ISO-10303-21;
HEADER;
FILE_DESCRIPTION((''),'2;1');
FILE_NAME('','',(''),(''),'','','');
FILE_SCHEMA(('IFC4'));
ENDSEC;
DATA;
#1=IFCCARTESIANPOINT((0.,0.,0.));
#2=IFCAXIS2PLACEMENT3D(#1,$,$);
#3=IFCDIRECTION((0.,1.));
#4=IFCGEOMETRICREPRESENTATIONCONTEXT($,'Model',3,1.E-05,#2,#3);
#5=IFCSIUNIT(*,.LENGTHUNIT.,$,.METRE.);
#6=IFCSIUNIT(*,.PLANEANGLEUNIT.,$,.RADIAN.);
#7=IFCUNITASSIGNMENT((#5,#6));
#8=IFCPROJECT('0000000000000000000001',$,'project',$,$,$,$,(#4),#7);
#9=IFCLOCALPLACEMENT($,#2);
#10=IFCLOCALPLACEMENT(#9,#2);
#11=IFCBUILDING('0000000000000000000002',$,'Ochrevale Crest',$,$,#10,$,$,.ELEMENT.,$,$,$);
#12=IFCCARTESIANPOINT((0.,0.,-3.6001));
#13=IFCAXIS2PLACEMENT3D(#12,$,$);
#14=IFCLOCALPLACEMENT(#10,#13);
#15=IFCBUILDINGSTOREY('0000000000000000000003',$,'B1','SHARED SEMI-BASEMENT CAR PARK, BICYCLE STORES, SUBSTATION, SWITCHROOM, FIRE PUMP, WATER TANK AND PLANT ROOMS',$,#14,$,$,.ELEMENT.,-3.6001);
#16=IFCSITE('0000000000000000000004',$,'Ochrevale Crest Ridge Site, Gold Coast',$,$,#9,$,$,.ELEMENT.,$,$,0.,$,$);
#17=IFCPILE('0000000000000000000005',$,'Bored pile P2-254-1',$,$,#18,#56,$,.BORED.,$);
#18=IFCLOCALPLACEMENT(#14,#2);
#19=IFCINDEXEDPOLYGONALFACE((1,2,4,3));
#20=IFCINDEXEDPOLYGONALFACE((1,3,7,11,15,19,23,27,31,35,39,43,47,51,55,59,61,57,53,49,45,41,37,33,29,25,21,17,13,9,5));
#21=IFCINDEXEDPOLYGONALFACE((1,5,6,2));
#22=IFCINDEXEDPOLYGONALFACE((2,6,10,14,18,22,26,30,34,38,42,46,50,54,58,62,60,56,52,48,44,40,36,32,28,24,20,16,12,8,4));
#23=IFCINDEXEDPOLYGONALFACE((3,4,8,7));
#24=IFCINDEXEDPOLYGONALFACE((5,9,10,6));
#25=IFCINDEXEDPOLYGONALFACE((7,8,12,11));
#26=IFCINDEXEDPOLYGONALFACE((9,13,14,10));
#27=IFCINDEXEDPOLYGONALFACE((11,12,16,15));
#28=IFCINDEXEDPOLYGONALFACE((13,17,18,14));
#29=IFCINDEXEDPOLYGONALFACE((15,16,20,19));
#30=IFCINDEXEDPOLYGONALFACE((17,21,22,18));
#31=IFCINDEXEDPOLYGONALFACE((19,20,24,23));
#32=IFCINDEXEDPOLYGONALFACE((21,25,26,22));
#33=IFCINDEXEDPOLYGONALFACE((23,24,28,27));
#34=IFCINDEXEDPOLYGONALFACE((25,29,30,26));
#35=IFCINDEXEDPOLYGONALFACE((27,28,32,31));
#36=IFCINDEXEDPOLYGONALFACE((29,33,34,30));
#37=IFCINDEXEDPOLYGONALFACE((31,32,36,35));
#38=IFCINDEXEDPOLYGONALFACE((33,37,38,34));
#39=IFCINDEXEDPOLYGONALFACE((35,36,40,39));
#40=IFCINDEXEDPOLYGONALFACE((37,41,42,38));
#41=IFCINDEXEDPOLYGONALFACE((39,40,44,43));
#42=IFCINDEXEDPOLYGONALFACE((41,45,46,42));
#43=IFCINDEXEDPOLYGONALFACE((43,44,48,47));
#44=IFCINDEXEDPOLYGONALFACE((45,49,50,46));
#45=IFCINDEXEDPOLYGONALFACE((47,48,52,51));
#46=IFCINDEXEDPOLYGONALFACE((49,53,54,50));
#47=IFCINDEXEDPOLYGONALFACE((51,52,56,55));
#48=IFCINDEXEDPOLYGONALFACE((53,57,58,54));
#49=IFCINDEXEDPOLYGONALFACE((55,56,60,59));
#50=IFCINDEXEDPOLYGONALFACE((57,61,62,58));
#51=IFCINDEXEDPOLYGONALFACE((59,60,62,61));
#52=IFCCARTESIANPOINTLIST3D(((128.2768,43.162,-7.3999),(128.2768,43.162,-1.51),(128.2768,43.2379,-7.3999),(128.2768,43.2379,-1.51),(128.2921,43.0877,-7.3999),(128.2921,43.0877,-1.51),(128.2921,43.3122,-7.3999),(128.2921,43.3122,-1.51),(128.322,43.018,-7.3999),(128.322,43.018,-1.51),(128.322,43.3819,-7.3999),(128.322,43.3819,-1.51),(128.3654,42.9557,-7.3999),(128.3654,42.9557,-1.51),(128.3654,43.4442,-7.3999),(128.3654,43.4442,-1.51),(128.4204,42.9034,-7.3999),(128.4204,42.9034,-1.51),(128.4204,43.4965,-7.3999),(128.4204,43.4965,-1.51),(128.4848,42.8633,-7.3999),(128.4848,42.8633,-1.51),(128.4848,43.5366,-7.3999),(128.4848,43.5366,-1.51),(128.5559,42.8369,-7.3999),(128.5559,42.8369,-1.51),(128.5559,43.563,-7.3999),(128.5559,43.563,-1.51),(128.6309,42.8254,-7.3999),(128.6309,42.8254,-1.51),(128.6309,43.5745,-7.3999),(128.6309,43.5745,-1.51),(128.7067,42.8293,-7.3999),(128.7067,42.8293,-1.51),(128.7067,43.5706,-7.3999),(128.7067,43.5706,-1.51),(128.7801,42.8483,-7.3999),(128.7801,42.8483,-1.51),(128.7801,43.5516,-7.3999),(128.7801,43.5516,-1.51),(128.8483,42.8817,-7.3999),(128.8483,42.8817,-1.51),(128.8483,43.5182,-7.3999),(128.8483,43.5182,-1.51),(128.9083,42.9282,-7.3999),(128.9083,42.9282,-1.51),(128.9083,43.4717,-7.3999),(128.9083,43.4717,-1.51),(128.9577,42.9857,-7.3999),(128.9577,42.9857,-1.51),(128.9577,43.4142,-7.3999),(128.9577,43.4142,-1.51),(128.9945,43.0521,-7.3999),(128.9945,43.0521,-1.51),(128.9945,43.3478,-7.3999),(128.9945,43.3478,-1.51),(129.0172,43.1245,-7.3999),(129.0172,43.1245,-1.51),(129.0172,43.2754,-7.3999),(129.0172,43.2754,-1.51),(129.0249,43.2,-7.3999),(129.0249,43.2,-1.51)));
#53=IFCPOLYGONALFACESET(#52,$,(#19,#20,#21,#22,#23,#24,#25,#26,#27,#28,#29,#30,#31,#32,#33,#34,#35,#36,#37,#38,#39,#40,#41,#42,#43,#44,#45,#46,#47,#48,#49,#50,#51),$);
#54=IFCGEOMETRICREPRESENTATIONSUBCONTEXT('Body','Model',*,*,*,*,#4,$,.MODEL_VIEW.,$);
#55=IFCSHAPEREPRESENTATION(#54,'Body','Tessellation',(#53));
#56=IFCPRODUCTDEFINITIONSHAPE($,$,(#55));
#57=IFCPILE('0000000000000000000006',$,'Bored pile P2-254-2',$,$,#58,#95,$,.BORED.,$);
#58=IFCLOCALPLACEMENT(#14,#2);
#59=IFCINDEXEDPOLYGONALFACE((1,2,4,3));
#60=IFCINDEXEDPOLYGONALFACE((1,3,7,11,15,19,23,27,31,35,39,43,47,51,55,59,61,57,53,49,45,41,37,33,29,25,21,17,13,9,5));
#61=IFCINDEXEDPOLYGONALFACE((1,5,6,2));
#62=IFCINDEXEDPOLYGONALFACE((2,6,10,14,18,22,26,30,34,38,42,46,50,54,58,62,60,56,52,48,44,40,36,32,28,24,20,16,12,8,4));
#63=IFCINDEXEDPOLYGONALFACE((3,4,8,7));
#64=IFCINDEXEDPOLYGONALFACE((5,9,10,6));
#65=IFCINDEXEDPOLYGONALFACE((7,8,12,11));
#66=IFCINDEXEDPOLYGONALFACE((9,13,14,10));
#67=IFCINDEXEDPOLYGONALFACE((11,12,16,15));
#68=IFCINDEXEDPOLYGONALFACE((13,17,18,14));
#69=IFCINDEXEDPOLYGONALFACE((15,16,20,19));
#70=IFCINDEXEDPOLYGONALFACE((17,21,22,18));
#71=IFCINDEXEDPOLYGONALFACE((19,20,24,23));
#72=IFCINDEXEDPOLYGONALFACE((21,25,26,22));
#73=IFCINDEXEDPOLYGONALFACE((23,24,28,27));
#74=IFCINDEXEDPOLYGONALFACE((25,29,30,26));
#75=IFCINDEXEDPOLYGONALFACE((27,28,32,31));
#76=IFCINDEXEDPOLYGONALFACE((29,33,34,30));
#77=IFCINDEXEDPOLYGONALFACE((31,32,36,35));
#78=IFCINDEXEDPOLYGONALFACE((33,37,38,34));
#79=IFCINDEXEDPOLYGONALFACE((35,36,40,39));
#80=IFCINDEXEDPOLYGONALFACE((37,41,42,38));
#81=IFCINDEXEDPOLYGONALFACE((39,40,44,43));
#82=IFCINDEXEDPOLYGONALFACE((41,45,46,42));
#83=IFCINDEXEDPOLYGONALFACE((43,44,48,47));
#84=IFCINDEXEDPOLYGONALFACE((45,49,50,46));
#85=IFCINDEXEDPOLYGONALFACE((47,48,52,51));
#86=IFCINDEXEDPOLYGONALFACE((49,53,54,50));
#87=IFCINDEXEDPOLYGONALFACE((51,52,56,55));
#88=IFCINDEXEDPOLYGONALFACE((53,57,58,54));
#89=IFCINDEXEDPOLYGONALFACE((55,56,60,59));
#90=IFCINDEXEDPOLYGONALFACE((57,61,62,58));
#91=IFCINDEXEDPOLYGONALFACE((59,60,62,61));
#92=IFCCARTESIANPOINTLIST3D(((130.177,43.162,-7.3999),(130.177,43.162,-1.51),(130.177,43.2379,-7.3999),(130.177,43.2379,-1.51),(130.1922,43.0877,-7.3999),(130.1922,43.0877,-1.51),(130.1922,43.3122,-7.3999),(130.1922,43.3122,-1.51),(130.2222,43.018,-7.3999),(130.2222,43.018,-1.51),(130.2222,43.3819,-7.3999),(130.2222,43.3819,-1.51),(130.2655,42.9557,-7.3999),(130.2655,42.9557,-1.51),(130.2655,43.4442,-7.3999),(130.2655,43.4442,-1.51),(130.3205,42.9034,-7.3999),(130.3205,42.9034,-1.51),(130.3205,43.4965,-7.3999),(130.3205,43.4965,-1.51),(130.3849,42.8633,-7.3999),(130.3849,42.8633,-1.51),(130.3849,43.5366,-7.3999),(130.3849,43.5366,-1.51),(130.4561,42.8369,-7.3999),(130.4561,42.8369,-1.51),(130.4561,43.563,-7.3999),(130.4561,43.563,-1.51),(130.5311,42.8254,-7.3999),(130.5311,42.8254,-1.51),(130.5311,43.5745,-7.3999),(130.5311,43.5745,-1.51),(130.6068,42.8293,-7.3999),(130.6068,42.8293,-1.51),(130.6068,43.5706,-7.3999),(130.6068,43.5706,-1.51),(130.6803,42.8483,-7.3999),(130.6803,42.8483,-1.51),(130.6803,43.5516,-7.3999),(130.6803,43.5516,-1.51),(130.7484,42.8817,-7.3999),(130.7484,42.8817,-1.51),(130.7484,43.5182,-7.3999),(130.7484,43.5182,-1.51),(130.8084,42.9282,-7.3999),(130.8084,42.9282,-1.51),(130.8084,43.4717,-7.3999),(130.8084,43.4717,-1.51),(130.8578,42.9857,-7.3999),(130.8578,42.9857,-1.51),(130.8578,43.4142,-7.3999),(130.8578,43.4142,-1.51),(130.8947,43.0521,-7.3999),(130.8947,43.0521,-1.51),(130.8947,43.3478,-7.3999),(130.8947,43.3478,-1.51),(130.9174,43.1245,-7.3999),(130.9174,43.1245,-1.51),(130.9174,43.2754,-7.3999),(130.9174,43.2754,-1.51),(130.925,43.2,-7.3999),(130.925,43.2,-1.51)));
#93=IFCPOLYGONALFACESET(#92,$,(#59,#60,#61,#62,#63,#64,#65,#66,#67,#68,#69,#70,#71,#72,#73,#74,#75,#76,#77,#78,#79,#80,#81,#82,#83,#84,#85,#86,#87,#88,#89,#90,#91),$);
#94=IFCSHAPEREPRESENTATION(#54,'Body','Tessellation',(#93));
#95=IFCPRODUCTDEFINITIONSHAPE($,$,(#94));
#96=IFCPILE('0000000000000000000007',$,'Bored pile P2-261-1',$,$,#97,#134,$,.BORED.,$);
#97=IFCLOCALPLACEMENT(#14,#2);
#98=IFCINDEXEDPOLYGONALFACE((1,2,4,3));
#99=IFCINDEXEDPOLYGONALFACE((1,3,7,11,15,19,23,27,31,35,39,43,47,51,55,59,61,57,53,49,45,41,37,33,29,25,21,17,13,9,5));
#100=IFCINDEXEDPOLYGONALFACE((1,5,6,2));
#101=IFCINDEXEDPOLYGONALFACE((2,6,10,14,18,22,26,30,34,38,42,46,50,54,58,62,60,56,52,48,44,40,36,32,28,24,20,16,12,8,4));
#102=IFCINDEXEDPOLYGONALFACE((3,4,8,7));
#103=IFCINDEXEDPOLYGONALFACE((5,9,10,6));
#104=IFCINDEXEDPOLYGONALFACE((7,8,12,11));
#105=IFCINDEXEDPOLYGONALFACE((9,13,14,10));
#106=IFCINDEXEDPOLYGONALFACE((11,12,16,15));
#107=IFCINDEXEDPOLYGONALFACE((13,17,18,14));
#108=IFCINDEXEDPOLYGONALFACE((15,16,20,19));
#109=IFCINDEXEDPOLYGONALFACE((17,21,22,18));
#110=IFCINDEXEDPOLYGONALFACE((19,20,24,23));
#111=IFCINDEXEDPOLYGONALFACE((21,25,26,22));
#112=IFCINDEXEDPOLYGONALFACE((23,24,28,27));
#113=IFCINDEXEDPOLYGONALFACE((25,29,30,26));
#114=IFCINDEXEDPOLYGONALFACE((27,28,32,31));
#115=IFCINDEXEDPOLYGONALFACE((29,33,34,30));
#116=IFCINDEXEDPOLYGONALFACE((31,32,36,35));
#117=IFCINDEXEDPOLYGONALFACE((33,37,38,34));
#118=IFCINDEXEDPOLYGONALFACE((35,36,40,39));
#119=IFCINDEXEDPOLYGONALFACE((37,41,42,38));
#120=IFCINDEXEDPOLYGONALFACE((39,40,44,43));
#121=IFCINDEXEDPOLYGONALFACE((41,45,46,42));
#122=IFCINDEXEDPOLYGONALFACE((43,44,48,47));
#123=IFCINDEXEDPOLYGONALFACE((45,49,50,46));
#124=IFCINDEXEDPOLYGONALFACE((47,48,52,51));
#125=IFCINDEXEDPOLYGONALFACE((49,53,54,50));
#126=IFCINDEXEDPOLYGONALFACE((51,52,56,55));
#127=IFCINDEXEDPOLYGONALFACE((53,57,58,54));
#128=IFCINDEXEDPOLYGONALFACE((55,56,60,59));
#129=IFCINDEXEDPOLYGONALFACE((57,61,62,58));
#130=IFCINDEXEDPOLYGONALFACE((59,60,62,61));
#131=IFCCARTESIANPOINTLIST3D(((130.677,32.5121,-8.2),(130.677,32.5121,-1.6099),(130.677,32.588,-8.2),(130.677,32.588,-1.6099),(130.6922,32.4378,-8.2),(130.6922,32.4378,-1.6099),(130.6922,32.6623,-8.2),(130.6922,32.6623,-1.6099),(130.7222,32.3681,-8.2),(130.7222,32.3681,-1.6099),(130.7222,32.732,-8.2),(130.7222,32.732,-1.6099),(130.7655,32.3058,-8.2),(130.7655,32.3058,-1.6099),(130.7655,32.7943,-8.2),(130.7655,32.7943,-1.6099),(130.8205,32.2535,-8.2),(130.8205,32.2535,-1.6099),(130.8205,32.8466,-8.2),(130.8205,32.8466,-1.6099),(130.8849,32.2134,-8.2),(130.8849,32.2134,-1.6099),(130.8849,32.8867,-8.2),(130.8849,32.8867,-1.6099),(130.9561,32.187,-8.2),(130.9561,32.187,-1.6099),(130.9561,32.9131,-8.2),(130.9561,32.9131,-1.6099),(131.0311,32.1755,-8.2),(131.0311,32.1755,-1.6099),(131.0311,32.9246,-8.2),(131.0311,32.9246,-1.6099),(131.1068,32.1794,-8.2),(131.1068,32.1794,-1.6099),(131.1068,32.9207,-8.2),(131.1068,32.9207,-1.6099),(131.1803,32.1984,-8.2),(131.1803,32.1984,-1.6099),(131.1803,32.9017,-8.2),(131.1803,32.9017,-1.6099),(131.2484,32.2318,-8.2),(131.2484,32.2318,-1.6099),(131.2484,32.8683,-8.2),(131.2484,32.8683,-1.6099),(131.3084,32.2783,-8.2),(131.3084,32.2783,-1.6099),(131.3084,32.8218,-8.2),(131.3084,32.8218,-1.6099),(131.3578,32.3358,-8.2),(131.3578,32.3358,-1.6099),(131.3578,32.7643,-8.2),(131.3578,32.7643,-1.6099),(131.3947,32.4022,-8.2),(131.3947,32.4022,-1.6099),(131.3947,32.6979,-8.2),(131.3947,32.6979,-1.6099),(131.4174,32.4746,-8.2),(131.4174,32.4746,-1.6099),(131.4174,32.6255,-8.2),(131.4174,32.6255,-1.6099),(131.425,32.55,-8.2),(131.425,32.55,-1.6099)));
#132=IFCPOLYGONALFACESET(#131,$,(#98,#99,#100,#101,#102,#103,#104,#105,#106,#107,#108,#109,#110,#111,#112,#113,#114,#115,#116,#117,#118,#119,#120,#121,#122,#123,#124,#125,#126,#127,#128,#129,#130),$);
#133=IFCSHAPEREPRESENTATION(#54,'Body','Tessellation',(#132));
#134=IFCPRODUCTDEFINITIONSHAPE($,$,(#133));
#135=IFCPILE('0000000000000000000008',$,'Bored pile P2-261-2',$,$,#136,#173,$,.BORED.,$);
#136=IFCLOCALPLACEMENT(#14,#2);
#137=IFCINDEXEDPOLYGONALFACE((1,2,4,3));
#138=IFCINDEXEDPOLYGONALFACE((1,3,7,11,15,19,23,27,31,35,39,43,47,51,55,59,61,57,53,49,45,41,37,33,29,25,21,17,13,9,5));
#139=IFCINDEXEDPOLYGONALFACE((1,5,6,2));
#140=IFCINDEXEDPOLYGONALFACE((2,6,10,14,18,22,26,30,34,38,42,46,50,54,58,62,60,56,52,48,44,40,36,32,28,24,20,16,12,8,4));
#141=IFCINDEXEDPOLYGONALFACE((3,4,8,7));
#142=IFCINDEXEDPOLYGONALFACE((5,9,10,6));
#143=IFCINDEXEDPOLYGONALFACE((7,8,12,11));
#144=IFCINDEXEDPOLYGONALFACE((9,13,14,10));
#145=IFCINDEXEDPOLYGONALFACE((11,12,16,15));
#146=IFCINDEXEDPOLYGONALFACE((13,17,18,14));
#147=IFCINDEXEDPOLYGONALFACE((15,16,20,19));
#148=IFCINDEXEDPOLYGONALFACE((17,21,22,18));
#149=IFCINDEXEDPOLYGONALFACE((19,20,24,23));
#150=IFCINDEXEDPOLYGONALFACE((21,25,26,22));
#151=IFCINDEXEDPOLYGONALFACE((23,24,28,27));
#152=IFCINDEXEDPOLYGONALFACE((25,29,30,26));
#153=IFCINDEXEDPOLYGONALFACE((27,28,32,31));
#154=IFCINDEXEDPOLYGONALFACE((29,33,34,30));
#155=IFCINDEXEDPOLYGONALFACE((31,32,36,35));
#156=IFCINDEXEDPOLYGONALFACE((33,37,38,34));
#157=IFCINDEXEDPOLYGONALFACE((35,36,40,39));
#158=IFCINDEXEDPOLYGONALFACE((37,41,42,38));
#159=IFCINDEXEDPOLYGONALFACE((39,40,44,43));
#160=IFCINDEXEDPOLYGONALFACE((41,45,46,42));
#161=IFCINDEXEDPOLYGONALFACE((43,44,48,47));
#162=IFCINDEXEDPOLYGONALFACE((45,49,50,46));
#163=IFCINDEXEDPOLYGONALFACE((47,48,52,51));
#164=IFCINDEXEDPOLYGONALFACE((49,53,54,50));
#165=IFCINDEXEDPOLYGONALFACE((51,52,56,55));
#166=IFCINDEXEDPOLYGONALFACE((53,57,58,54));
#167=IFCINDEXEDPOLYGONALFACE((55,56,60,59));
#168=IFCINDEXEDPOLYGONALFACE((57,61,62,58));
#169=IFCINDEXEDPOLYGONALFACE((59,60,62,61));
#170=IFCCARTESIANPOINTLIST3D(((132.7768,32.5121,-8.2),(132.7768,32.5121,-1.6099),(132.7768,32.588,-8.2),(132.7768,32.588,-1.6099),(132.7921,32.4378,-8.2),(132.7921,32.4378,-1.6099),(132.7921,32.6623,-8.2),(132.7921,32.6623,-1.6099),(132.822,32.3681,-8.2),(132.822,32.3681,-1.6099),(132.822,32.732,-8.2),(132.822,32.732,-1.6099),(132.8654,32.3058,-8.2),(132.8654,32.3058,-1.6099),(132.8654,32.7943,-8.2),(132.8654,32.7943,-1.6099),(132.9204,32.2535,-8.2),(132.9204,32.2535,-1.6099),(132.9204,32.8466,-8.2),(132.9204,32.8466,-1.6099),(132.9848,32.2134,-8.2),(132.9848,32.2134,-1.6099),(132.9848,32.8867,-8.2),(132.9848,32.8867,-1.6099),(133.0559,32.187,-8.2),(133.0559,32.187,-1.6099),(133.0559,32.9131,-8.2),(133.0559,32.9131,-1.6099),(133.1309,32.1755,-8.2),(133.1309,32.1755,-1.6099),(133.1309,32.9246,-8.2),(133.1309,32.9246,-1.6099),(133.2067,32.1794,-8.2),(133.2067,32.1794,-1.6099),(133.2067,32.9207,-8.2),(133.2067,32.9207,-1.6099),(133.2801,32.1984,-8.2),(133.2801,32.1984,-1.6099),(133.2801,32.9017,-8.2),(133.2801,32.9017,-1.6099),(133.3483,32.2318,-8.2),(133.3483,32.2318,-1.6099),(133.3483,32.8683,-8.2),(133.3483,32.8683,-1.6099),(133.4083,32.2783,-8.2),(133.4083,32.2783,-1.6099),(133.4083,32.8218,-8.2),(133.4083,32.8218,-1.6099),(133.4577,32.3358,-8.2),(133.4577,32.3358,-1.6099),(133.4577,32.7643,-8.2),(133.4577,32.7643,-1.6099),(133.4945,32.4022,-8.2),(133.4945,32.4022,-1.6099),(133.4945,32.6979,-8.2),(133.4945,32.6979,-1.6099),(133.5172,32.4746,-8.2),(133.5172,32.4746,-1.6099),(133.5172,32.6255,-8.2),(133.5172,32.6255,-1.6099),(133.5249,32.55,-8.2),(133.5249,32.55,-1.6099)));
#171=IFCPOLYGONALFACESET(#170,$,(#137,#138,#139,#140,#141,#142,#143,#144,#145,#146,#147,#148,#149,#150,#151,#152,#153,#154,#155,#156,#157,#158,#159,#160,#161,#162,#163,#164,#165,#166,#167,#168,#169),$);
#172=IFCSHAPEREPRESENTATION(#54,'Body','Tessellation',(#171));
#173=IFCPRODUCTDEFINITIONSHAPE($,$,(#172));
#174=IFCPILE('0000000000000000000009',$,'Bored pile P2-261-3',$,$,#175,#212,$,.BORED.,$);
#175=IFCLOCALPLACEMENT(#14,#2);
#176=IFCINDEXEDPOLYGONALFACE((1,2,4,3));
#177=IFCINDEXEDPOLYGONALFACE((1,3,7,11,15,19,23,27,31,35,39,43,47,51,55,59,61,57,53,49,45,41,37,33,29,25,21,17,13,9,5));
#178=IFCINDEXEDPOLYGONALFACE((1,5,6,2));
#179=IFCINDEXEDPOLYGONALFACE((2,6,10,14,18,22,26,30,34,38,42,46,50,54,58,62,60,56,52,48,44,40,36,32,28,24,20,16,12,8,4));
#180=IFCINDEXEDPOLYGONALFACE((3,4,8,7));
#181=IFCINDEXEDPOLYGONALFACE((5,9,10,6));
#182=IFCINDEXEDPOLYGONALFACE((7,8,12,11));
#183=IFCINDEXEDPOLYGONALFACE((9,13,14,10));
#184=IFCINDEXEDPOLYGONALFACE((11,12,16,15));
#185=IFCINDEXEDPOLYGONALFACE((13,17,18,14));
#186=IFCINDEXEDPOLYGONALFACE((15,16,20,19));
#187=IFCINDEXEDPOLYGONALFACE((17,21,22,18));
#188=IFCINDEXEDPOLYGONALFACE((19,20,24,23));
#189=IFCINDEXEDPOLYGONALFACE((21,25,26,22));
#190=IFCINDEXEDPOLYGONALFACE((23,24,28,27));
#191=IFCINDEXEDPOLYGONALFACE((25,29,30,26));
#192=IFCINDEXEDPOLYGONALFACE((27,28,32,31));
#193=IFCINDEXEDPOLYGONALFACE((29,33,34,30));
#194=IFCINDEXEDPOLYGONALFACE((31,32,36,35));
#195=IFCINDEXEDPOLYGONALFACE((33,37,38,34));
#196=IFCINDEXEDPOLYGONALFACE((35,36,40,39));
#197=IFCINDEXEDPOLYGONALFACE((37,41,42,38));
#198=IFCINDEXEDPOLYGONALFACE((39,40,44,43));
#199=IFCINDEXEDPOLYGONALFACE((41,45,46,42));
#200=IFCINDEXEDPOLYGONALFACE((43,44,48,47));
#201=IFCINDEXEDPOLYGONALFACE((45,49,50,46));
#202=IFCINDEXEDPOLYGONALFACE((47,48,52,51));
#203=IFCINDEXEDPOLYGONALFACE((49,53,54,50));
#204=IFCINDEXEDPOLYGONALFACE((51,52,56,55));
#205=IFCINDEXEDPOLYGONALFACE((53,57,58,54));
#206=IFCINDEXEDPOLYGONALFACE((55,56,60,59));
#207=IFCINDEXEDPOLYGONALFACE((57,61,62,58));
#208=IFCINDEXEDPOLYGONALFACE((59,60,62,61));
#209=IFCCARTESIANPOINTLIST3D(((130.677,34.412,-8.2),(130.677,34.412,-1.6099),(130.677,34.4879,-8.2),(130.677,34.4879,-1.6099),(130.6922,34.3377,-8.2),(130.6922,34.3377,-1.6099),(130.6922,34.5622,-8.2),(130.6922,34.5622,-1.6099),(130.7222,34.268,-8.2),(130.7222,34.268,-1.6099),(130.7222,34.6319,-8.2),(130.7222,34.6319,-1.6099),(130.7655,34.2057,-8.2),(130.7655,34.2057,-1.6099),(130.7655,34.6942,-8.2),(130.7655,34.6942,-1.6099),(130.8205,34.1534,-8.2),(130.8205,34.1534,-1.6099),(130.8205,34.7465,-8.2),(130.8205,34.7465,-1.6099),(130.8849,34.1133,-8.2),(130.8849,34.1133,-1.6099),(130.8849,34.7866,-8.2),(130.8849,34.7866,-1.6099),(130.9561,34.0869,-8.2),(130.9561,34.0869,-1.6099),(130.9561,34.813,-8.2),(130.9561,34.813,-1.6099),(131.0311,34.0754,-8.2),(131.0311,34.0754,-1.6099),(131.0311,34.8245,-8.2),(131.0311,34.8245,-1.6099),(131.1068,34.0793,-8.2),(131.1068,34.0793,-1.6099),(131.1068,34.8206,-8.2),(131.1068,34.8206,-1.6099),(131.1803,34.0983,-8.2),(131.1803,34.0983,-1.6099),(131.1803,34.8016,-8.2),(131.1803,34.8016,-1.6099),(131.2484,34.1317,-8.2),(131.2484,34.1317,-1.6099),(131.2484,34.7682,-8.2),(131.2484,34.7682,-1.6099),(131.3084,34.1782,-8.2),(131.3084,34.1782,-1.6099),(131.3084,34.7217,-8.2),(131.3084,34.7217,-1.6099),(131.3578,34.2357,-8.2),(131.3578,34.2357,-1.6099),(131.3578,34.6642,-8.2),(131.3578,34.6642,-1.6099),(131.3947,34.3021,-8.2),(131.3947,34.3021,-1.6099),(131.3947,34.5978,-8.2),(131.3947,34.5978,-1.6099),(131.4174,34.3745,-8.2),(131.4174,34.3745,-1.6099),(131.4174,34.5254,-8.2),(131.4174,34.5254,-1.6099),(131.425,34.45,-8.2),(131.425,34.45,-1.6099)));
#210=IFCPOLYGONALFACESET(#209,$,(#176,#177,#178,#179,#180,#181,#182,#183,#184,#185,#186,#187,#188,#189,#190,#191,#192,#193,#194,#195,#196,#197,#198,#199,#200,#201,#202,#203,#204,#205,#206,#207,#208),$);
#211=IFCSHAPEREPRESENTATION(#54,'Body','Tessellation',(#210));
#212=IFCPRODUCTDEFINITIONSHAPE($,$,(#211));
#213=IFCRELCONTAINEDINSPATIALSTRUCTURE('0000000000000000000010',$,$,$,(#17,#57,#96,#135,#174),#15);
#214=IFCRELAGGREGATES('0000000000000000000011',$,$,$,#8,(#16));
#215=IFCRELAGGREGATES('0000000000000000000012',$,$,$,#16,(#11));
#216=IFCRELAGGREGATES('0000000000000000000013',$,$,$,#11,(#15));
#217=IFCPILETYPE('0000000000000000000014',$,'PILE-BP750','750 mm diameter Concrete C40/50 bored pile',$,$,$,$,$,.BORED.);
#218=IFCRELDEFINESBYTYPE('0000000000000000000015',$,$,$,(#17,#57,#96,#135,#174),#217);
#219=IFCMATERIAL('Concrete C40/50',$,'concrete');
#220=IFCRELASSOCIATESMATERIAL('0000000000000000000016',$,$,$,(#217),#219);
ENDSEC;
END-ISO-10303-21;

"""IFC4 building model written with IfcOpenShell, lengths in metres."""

from ifc_helpers import new_model, si_unit, direction, frame, origin, origin_2d, place, context, subcontext, project, spatial, circle, extrude, material, material_profile, profile_set, type_object, element, save


model = new_model("IFC4")

# Units and contexts
model_context = context("Model", 3, precision=1e-05, world=origin(), true_north=direction((0.0, 1.0)))
body_context = subcontext(model_context, "Body", "Model", "MODEL_VIEW")
ifc_project = project(units=[si_unit("LENGTHUNIT", "METRE"), si_unit("PLANEANGLEUNIT", "RADIAN")], contexts=[model_context])

# Site, building, storey
site_placement = place(None, origin())
site = spatial("IfcSite", under=ifc_project, at=site_placement, Name="Ochrevale Crest Ridge Site, Gold Coast", CompositionType="ELEMENT", RefElevation=0.0)
building_placement = place(site_placement, origin())
building = spatial("IfcBuilding", under=site, at=building_placement, Name="Ochrevale Crest", CompositionType="ELEMENT")
storey_placement = place(building_placement, frame((0.0, 0.0, -3.6001)))
storey = spatial("IfcBuildingStorey", under=building, at=storey_placement, Name="B1", Description="SHARED SEMI-BASEMENT CAR PARK, BICYCLE STORES, SUBSTATION, SWITCHROOM, FIRE PUMP, WATER TANK AND PLANT ROOMS", CompositionType="ELEMENT", Elevation=-3.6001)

# Shared definitions
ifc_material_1 = material(Name="Concrete C40/50", Category="concrete")

# Piles
ifc_material_profile_1 = material_profile(ifc_material_1, circle(Radius=0.375, at=origin_2d()), Name="BORED PILE 750")
ifc_profile_set_1 = profile_set([ifc_material_profile_1], Name="Concrete C40/50")
pile_type_1 = type_object("IfcPileType", Name="PILE-BP750", Description="750 mm diameter Concrete C40/50 bored pile", PredefinedType="BORED", material=ifc_profile_set_1)
for number, where, z_axis, x_axis, name in (
    (1, (128.6499, 43.2, -1.51), (0.0, 0.0, -1.0), (1.0, 0.0, 0.0), "Bored pile P2-254-1"),
    (2, (130.55, 43.2, -1.51), (0.0, 0.0, -1.0), (1.0, 0.0, 0.0), "Bored pile P2-254-2"),
):
    element("IfcPile", number, at=place(storey_placement, frame(where, z_axis=z_axis, x_axis=x_axis)), inside=storey, type_object=pile_type_1, Name=name, PredefinedType="BORED", context=body_context, shape_type="SweptSolid", body=[
        extrude(circle(Radius=0.375, at=origin_2d()), origin(), (0.0, 0.0, 1.0), 5.8899),
    ])
for number, where, z_axis, x_axis, name in (
    (3, (131.05, 32.55, -1.6099), (0.0, 0.0, -1.0), (1.0, 0.0, 0.0), "Bored pile P2-261-1"),
    (4, (133.1499, 32.55, -1.6099), (0.0, 0.0, -1.0), (1.0, 0.0, 0.0), "Bored pile P2-261-2"),
    (5, (131.05, 34.45, -1.6099), (0.0, 0.0, -1.0), (1.0, 0.0, 0.0), "Bored pile P2-261-3"),
):
    element("IfcPile", number, at=place(storey_placement, frame(where, z_axis=z_axis, x_axis=x_axis)), inside=storey, type_object=pile_type_1, Name=name, PredefinedType="BORED", context=body_context, shape_type="SweptSolid", body=[
        extrude(circle(Radius=0.375, at=origin_2d()), origin(), (0.0, 0.0, 1.0), 6.5901),
    ])

save(model, "model.ifc")
